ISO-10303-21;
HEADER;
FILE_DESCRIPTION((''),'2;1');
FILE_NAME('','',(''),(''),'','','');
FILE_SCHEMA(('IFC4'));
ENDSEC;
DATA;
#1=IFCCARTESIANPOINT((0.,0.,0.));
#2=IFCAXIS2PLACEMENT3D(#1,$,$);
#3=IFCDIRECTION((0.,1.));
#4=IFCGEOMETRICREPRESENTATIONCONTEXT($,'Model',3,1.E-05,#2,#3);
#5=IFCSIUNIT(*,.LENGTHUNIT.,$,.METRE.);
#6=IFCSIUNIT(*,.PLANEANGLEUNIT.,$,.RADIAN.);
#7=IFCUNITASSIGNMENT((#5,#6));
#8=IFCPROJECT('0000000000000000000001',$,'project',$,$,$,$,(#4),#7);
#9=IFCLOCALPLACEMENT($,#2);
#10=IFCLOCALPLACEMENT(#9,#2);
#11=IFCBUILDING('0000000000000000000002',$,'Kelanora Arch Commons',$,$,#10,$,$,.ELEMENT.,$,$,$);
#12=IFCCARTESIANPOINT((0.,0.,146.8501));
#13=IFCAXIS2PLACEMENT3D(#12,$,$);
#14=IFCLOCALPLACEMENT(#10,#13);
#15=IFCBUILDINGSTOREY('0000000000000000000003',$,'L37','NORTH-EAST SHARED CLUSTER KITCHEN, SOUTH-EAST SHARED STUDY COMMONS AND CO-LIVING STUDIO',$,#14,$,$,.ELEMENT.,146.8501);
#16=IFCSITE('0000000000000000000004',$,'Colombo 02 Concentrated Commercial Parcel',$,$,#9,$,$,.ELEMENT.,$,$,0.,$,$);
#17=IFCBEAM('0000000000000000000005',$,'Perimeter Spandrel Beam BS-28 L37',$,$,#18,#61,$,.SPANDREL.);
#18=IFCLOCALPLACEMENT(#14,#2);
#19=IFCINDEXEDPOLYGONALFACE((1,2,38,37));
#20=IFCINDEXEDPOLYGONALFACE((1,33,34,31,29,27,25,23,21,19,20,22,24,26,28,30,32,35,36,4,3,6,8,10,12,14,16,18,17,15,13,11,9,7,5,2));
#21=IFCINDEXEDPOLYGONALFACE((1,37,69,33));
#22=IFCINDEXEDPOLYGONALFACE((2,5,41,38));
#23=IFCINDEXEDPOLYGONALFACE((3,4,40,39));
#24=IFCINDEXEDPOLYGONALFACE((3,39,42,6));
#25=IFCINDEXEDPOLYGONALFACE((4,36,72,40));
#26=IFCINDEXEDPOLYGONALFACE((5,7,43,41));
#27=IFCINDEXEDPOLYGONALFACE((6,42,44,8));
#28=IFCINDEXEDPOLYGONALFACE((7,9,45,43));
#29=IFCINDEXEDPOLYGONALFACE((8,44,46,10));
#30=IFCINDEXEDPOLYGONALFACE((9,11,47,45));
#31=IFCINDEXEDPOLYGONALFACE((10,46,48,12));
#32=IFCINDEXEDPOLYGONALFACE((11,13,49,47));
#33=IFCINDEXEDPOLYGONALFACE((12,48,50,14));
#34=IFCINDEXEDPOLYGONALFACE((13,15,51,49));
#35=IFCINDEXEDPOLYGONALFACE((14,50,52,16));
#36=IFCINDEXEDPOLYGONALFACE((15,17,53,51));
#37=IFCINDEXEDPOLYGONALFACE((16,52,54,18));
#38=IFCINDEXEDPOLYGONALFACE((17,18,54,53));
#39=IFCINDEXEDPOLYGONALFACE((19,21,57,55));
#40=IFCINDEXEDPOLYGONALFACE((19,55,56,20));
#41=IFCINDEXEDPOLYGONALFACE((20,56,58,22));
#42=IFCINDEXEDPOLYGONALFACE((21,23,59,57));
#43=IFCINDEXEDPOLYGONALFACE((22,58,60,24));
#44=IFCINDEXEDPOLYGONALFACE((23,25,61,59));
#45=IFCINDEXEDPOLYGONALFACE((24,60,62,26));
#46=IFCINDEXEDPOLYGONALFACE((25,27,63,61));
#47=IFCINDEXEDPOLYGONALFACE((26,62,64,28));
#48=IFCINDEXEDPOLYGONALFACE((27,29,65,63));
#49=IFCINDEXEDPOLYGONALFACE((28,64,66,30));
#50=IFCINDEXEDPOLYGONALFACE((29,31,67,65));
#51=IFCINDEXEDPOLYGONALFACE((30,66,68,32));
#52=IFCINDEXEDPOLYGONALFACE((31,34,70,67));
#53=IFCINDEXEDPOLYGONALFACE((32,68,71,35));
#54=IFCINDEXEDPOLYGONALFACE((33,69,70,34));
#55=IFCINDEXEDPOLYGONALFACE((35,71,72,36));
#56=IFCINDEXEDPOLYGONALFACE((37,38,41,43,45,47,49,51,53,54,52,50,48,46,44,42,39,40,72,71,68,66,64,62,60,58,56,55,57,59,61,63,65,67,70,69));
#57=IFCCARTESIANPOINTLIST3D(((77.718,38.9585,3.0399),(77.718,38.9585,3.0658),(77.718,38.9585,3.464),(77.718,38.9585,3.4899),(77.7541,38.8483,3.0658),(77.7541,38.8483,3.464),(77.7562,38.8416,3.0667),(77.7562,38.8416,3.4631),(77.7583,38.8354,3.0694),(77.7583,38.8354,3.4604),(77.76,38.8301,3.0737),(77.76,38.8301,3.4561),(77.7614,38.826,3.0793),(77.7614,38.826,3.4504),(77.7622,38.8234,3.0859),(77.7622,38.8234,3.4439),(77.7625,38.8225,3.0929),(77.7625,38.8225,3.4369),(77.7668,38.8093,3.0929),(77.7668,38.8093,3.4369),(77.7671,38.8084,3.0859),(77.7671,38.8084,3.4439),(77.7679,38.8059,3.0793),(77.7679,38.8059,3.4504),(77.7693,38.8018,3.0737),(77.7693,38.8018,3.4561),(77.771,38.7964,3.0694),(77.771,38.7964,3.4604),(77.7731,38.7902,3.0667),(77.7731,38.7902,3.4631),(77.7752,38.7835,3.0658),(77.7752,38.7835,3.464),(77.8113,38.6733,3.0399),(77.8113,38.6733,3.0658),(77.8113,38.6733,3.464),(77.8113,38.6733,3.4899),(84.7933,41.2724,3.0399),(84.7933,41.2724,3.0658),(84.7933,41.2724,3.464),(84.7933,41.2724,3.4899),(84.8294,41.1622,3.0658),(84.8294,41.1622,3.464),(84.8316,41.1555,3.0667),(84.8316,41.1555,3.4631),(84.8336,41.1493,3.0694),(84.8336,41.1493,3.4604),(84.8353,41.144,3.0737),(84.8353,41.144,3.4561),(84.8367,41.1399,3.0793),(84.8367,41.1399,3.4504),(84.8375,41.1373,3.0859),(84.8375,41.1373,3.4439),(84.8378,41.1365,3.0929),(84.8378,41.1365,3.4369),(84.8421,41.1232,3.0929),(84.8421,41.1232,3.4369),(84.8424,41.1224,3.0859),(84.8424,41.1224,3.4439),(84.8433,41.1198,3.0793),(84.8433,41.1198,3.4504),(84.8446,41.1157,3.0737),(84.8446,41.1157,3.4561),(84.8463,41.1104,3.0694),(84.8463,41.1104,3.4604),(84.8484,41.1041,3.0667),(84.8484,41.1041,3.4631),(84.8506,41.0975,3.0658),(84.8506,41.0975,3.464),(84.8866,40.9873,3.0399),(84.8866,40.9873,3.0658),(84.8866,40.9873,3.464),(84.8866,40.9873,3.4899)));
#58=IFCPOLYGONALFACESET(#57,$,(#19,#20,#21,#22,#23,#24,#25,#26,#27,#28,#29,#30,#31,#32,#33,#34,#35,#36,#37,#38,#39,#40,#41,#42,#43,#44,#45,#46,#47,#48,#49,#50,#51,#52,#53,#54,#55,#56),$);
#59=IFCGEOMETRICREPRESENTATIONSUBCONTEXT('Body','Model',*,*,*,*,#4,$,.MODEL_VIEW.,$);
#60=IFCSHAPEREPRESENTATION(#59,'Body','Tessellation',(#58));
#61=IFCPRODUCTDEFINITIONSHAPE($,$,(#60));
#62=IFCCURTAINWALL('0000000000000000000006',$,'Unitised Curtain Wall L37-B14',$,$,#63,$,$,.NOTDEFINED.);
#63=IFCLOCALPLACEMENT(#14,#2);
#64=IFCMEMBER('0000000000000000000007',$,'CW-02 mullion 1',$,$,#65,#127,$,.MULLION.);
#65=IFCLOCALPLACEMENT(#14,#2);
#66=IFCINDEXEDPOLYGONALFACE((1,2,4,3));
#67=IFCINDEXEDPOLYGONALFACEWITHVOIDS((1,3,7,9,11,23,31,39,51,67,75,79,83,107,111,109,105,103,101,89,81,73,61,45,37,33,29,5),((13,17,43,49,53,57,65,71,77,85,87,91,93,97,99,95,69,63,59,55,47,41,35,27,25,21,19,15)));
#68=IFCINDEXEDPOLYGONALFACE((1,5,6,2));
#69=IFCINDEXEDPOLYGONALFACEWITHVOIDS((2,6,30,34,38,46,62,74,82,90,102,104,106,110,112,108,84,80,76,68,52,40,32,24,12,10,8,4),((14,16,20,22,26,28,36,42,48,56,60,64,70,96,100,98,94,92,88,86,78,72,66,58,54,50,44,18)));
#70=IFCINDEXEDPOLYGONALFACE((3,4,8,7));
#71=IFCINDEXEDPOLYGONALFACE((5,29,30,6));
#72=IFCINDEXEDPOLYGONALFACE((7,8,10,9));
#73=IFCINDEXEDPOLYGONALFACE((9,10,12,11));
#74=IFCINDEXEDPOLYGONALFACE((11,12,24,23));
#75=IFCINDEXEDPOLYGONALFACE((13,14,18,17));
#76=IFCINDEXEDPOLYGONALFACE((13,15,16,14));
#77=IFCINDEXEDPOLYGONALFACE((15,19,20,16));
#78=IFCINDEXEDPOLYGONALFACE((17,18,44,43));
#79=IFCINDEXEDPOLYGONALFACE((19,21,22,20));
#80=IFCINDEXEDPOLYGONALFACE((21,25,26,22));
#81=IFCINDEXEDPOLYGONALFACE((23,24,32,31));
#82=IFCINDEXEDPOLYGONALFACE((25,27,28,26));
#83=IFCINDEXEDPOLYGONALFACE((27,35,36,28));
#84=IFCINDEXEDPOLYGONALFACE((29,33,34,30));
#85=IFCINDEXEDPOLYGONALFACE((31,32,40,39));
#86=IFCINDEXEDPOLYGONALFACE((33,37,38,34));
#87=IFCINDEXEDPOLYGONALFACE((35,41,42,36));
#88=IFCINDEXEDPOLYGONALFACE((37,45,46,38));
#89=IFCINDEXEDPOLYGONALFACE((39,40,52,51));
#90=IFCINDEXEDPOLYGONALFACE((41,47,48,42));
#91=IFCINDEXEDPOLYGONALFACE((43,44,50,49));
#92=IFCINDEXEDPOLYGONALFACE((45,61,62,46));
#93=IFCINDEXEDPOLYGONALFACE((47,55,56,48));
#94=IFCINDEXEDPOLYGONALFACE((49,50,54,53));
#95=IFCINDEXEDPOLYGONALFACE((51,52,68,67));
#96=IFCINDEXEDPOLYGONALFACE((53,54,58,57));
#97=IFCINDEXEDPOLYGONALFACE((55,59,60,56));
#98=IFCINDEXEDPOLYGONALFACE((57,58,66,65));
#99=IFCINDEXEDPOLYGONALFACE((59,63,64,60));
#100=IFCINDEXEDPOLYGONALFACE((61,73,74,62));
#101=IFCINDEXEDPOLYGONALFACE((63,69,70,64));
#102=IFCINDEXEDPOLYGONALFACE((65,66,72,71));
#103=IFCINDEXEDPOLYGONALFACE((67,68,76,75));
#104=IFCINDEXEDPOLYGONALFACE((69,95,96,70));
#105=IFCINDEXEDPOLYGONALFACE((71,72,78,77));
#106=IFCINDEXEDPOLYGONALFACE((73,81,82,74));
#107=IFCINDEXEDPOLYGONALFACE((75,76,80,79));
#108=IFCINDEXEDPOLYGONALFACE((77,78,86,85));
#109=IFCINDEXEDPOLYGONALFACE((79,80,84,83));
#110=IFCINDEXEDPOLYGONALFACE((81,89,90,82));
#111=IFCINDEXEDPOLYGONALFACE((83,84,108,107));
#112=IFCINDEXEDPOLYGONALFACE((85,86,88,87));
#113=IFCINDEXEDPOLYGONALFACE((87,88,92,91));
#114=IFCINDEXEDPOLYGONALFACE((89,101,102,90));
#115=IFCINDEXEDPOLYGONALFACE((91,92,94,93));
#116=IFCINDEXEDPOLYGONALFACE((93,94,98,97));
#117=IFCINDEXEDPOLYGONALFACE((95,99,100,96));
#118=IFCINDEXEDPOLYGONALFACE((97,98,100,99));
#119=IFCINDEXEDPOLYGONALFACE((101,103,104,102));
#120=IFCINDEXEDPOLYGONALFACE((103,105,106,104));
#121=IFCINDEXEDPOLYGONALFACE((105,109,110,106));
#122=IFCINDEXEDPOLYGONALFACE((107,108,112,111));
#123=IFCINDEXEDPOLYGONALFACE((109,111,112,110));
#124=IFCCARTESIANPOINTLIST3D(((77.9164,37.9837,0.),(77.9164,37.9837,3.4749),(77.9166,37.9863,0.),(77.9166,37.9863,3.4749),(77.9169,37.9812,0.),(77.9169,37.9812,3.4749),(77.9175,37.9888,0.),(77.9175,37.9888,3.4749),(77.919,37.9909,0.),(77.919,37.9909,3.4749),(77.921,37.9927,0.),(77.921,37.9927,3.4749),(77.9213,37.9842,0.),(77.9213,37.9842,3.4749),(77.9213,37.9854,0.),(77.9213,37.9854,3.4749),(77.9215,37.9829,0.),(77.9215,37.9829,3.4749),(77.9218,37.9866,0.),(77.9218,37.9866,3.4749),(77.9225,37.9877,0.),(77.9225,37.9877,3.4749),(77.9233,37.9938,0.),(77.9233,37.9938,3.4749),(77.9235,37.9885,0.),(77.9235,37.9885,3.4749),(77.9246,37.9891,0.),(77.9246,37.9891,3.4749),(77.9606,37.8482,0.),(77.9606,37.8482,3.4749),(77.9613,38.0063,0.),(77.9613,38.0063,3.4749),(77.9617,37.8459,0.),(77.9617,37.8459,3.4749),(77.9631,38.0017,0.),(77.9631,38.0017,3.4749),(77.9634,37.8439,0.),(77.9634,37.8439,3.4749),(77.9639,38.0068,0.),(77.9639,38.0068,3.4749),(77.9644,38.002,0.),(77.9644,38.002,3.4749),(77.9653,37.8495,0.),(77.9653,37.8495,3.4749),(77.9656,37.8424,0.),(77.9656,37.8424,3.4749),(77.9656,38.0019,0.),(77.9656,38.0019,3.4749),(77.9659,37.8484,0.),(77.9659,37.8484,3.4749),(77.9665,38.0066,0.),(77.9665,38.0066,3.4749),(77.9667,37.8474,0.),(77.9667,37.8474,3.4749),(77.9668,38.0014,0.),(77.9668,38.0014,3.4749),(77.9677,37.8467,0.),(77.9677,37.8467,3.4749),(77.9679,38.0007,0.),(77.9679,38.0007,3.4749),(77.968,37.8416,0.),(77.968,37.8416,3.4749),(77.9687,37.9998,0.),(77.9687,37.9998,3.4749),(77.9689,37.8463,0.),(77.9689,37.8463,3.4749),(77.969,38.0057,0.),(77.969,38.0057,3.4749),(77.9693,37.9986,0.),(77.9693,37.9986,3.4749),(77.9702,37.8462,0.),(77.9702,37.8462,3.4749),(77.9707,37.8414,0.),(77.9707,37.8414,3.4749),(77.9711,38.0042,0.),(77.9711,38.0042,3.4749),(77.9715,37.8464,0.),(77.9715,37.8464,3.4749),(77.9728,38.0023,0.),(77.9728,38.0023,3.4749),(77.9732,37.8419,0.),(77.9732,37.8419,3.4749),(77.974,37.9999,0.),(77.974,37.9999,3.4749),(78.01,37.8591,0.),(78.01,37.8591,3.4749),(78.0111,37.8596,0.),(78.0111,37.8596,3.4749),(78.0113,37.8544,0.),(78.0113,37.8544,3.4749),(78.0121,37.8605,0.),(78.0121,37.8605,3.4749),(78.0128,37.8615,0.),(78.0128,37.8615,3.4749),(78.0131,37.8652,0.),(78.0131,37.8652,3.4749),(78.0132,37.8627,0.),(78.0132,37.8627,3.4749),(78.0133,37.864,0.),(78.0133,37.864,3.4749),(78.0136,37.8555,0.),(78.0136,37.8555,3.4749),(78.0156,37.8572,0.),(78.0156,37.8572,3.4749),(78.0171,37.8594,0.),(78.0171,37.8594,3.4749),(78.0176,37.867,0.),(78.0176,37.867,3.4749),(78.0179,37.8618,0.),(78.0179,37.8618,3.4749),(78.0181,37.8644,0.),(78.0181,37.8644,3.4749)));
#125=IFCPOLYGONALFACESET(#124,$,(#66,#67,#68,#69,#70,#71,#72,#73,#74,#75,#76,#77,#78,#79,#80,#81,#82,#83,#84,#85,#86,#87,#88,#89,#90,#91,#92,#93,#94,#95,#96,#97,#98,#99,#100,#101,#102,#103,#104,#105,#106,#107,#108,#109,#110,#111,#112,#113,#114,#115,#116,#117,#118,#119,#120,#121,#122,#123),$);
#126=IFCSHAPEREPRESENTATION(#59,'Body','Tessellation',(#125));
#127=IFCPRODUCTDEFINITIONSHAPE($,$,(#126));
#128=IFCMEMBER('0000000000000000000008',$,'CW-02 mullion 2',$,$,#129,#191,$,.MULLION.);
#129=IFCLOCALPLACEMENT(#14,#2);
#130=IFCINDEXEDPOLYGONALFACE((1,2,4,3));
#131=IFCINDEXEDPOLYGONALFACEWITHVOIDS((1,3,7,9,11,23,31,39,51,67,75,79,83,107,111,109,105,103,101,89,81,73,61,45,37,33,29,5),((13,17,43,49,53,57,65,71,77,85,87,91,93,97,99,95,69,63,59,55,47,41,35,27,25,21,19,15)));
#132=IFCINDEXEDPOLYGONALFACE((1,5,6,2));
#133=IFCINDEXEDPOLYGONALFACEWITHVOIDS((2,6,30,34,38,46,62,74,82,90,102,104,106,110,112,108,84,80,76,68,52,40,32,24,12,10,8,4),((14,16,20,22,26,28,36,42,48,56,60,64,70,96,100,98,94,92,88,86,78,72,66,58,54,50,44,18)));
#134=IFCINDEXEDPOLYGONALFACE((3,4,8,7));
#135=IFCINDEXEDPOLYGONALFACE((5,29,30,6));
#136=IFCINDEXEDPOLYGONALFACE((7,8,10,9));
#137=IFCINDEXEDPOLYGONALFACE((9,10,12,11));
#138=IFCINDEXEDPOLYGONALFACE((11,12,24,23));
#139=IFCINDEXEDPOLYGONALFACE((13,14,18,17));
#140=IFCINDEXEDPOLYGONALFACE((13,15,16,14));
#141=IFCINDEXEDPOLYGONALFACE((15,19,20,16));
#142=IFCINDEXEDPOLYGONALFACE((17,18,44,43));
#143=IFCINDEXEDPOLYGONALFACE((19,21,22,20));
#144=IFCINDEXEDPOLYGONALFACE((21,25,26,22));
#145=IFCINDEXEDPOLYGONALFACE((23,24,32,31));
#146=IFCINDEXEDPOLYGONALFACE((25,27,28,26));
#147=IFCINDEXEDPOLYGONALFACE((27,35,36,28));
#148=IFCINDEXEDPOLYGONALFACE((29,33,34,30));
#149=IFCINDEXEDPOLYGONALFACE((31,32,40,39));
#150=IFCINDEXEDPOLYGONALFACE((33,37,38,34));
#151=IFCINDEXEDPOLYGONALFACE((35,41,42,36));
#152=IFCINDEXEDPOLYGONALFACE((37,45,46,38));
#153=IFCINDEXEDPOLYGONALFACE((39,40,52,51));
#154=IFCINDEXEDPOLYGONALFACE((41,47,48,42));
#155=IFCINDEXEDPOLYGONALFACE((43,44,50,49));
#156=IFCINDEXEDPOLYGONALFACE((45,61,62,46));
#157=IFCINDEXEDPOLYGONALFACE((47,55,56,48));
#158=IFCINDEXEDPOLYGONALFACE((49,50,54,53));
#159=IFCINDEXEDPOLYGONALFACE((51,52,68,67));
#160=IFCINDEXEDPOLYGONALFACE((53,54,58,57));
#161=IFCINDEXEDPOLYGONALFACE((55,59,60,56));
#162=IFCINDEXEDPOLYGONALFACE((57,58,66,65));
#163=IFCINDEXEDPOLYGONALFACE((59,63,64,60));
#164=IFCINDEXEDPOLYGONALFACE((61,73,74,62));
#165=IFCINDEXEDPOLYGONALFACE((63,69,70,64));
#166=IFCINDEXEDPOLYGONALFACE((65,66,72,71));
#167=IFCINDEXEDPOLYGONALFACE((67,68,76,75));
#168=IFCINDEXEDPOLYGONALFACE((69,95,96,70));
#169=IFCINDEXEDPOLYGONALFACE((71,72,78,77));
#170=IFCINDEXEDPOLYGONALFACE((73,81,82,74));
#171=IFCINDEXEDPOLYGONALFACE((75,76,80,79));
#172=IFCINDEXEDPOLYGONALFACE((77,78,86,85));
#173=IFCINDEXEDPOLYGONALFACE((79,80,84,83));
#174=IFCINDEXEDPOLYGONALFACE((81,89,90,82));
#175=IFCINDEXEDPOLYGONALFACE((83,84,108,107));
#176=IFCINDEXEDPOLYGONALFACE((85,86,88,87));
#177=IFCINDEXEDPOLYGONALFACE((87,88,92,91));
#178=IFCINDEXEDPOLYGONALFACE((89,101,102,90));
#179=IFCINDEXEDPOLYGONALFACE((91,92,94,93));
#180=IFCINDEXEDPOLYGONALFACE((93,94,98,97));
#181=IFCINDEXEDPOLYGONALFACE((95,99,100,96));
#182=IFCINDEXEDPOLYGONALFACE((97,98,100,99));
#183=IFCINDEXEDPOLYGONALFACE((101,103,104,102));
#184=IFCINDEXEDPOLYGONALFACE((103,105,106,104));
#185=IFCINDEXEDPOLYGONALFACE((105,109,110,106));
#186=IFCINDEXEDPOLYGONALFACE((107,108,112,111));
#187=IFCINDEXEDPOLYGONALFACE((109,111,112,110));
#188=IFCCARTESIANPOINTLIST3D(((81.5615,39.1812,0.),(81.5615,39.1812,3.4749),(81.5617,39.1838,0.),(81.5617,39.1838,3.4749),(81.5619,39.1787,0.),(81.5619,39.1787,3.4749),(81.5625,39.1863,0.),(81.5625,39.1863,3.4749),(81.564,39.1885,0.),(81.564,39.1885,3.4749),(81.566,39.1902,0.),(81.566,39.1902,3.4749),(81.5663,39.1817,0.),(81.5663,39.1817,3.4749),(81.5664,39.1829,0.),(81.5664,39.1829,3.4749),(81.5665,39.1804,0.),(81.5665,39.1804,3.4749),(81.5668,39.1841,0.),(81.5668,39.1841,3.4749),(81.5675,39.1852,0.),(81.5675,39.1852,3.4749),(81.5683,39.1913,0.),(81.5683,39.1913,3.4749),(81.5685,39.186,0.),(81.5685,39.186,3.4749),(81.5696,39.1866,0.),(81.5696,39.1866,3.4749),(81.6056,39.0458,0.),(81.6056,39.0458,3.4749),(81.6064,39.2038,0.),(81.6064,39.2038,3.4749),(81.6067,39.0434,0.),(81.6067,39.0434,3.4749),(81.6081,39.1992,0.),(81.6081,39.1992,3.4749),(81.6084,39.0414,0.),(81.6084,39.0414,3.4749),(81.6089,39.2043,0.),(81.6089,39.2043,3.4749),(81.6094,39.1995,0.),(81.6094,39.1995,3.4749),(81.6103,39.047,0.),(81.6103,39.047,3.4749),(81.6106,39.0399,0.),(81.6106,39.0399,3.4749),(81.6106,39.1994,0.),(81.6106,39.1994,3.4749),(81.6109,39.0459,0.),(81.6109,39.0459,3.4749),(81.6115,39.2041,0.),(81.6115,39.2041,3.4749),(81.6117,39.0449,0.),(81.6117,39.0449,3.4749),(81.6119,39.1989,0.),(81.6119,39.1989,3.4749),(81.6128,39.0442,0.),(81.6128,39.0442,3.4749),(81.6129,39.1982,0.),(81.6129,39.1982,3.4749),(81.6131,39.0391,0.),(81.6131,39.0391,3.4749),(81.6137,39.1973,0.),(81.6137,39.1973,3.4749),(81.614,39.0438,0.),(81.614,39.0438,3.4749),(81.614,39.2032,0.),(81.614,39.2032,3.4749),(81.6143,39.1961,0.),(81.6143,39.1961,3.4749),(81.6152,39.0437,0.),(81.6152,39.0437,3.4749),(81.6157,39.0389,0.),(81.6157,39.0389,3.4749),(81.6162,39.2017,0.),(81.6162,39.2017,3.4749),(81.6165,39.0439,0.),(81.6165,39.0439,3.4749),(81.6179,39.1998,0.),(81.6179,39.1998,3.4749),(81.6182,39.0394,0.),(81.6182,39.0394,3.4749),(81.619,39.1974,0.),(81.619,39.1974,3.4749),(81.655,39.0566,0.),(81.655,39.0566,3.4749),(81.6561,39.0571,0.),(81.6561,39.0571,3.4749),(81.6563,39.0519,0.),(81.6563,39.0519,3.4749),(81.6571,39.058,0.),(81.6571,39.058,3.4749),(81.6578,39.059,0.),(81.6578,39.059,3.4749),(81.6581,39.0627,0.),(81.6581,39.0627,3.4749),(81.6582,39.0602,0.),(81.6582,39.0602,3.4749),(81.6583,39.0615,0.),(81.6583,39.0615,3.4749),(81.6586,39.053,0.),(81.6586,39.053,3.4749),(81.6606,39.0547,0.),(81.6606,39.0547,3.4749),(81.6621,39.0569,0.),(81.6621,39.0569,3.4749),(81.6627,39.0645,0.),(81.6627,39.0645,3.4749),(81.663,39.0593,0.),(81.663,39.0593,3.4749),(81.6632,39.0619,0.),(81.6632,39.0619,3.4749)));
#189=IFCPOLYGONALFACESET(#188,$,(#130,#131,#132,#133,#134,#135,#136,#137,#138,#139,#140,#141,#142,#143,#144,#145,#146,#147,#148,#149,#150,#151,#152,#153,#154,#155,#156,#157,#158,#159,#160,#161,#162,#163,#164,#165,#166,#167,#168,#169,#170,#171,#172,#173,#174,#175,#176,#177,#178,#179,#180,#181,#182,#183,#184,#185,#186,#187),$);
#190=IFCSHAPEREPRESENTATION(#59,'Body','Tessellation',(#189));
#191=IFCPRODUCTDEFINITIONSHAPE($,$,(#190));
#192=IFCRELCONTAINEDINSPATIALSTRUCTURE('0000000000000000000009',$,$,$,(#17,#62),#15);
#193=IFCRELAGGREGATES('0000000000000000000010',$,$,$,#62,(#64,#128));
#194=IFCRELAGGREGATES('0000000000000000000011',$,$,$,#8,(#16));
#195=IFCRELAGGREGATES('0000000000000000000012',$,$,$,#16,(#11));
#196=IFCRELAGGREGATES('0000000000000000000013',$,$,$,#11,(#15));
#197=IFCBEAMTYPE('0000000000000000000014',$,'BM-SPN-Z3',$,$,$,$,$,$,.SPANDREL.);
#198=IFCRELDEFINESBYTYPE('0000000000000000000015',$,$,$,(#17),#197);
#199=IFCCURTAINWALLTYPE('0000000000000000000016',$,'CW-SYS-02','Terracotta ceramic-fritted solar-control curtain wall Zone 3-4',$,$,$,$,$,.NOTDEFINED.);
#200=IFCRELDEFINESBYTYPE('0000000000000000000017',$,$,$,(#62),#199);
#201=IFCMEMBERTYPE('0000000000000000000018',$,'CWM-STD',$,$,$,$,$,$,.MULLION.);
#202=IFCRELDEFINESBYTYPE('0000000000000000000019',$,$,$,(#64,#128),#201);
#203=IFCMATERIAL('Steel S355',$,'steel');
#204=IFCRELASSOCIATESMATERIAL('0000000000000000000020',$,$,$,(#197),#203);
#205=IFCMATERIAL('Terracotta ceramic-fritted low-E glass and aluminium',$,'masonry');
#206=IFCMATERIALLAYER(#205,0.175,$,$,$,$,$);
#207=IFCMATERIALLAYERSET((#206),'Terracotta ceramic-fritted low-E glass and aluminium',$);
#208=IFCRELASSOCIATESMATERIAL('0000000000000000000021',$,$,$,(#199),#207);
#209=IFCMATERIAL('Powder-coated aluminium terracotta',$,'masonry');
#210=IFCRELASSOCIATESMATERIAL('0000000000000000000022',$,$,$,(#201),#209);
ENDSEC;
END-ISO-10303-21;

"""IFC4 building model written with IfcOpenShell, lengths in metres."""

from ifc_helpers import new_model, si_unit, direction, frame, origin, origin_2d, place, context, subcontext, project, spatial, hollow_rectangle, i_section, extrude, material, layer, layer_set, material_profile, profile_set, type_object, element, aggregate, save


model = new_model("IFC4")

# Units and contexts
model_context = context("Model", 3, precision=1e-05, world=origin(), true_north=direction((0.0, 1.0)))
body_context = subcontext(model_context, "Body", "Model", "MODEL_VIEW")
ifc_project = project(units=[si_unit("LENGTHUNIT", "METRE"), si_unit("PLANEANGLEUNIT", "RADIAN")], contexts=[model_context])

# Site, building, storey
site_placement = place(None, origin())
site = spatial("IfcSite", under=ifc_project, at=site_placement, Name="Colombo 02 Concentrated Commercial Parcel", CompositionType="ELEMENT", RefElevation=0.0)
building_placement = place(site_placement, origin())
building = spatial("IfcBuilding", under=site, at=building_placement, Name="Kelanora Arch Commons", CompositionType="ELEMENT")
storey_placement = place(building_placement, frame((0.0, 0.0, 146.8501)))
storey = spatial("IfcBuildingStorey", under=building, at=storey_placement, Name="L37", Description="NORTH-EAST SHARED CLUSTER KITCHEN, SOUTH-EAST SHARED STUDY COMMONS AND CO-LIVING STUDIO", CompositionType="ELEMENT", Elevation=146.8501)

# Beam
ifc_material_1 = material(Name="Steel S355", Category="steel")
ifc_material_profile_1 = material_profile(ifc_material_1, i_section(OverallWidth=0.3, OverallDepth=0.45, WebThickness=0.0139, FlangeThickness=0.0259, FilletRadius=0.0271, at=origin_2d()), Name="HEB450")
ifc_profile_set_1 = profile_set([ifc_material_profile_1], Name="Steel S355")
beam_type_1 = type_object("IfcBeamType", Name="BM-SPN-Z3", PredefinedType="SPANDREL", material=ifc_profile_set_1)
beam_1_placement = place(storey_placement, frame((77.7646, 38.8159, 3.2649), z_axis=(0.950462, 0.310841, 0.0), x_axis=(-0.310841, 0.950462, 0.0)))
element("IfcBeam", 1, at=beam_1_placement, inside=storey, type_object=beam_type_1, Name="Perimeter Spandrel Beam BS-28 L37", PredefinedType="SPANDREL", context=body_context, shape_type="SweptSolid", body=[
    extrude(i_section(OverallWidth=0.3, OverallDepth=0.45, WebThickness=0.0139, FlangeThickness=0.0259, FilletRadius=0.0271, at=origin_2d()), origin(), (0.0, 0.0, 1.0), 7.4441),
])

# Curtain wall, members
ifc_material_2 = material(Name="Terracotta ceramic-fritted low-E glass and aluminium", Category="masonry")
ifc_layer_1 = layer(ifc_material_2, 0.175)
ifc_layer_set_1 = layer_set([ifc_layer_1], Name="Terracotta ceramic-fritted low-E glass and aluminium")
curtain_wall_type = type_object("IfcCurtainWallType", Name="CW-SYS-02", Description="Terracotta ceramic-fritted solar-control curtain wall Zone 3-4", PredefinedType="NOTDEFINED", material=ifc_layer_set_1)
curtain_wall_placement = place(storey_placement, origin())
curtain_wall = element("IfcCurtainWall", 2, at=curtain_wall_placement, inside=storey, type_object=curtain_wall_type, Name="Unitised Curtain Wall L37-B14", PredefinedType="NOTDEFINED")
ifc_material_3 = material(Name="Powder-coated aluminium terracotta", Category="masonry")
ifc_material_profile_2 = material_profile(ifc_material_3, hollow_rectangle(XDim=0.1599, YDim=0.0601, WallThickness=0.0049, InnerFilletRadius=0.0049, OuterFilletRadius=0.01, at=origin_2d()), Name="CWM160x60")
ifc_profile_set_2 = profile_set([ifc_material_profile_2], Name="Powder-coated aluminium terracotta")
member_type_1 = type_object("IfcMemberType", Name="CWM-STD", PredefinedType="MULLION", material=ifc_profile_set_2)
member_1_placement = place(storey_placement, frame((77.9673, 37.9241, 0.0), z_axis=(0.0, 0.0, 1.0), x_axis=(-0.312128, 0.95004, 0.0)))
member_1 = element("IfcMember", 3, at=member_1_placement, type_object=member_type_1, Name="CW-02 mullion 1", PredefinedType="MULLION", context=body_context, shape_type="SweptSolid", body=[
    extrude(hollow_rectangle(XDim=0.1599, YDim=0.0601, WallThickness=0.0049, InnerFilletRadius=0.0049, OuterFilletRadius=0.01, at=origin_2d()), origin(), (0.0, 0.0, 1.0), 3.4749),
])
member_2_placement = place(storey_placement, frame((81.6123, 39.1216, 0.0), z_axis=(0.0, 0.0, 1.0), x_axis=(-0.312128, 0.95004, 0.0)))
member_2 = element("IfcMember", 4, at=member_2_placement, type_object=member_type_1, Name="CW-02 mullion 2", PredefinedType="MULLION", context=body_context, shape_type="SweptSolid", body=[
    extrude(hollow_rectangle(XDim=0.1599, YDim=0.0601, WallThickness=0.0049, InnerFilletRadius=0.0049, OuterFilletRadius=0.01, at=origin_2d()), origin(), (0.0, 0.0, 1.0), 3.4749),
])
aggregate(curtain_wall, [member_1, member_2])

save(model, "model.ifc")
